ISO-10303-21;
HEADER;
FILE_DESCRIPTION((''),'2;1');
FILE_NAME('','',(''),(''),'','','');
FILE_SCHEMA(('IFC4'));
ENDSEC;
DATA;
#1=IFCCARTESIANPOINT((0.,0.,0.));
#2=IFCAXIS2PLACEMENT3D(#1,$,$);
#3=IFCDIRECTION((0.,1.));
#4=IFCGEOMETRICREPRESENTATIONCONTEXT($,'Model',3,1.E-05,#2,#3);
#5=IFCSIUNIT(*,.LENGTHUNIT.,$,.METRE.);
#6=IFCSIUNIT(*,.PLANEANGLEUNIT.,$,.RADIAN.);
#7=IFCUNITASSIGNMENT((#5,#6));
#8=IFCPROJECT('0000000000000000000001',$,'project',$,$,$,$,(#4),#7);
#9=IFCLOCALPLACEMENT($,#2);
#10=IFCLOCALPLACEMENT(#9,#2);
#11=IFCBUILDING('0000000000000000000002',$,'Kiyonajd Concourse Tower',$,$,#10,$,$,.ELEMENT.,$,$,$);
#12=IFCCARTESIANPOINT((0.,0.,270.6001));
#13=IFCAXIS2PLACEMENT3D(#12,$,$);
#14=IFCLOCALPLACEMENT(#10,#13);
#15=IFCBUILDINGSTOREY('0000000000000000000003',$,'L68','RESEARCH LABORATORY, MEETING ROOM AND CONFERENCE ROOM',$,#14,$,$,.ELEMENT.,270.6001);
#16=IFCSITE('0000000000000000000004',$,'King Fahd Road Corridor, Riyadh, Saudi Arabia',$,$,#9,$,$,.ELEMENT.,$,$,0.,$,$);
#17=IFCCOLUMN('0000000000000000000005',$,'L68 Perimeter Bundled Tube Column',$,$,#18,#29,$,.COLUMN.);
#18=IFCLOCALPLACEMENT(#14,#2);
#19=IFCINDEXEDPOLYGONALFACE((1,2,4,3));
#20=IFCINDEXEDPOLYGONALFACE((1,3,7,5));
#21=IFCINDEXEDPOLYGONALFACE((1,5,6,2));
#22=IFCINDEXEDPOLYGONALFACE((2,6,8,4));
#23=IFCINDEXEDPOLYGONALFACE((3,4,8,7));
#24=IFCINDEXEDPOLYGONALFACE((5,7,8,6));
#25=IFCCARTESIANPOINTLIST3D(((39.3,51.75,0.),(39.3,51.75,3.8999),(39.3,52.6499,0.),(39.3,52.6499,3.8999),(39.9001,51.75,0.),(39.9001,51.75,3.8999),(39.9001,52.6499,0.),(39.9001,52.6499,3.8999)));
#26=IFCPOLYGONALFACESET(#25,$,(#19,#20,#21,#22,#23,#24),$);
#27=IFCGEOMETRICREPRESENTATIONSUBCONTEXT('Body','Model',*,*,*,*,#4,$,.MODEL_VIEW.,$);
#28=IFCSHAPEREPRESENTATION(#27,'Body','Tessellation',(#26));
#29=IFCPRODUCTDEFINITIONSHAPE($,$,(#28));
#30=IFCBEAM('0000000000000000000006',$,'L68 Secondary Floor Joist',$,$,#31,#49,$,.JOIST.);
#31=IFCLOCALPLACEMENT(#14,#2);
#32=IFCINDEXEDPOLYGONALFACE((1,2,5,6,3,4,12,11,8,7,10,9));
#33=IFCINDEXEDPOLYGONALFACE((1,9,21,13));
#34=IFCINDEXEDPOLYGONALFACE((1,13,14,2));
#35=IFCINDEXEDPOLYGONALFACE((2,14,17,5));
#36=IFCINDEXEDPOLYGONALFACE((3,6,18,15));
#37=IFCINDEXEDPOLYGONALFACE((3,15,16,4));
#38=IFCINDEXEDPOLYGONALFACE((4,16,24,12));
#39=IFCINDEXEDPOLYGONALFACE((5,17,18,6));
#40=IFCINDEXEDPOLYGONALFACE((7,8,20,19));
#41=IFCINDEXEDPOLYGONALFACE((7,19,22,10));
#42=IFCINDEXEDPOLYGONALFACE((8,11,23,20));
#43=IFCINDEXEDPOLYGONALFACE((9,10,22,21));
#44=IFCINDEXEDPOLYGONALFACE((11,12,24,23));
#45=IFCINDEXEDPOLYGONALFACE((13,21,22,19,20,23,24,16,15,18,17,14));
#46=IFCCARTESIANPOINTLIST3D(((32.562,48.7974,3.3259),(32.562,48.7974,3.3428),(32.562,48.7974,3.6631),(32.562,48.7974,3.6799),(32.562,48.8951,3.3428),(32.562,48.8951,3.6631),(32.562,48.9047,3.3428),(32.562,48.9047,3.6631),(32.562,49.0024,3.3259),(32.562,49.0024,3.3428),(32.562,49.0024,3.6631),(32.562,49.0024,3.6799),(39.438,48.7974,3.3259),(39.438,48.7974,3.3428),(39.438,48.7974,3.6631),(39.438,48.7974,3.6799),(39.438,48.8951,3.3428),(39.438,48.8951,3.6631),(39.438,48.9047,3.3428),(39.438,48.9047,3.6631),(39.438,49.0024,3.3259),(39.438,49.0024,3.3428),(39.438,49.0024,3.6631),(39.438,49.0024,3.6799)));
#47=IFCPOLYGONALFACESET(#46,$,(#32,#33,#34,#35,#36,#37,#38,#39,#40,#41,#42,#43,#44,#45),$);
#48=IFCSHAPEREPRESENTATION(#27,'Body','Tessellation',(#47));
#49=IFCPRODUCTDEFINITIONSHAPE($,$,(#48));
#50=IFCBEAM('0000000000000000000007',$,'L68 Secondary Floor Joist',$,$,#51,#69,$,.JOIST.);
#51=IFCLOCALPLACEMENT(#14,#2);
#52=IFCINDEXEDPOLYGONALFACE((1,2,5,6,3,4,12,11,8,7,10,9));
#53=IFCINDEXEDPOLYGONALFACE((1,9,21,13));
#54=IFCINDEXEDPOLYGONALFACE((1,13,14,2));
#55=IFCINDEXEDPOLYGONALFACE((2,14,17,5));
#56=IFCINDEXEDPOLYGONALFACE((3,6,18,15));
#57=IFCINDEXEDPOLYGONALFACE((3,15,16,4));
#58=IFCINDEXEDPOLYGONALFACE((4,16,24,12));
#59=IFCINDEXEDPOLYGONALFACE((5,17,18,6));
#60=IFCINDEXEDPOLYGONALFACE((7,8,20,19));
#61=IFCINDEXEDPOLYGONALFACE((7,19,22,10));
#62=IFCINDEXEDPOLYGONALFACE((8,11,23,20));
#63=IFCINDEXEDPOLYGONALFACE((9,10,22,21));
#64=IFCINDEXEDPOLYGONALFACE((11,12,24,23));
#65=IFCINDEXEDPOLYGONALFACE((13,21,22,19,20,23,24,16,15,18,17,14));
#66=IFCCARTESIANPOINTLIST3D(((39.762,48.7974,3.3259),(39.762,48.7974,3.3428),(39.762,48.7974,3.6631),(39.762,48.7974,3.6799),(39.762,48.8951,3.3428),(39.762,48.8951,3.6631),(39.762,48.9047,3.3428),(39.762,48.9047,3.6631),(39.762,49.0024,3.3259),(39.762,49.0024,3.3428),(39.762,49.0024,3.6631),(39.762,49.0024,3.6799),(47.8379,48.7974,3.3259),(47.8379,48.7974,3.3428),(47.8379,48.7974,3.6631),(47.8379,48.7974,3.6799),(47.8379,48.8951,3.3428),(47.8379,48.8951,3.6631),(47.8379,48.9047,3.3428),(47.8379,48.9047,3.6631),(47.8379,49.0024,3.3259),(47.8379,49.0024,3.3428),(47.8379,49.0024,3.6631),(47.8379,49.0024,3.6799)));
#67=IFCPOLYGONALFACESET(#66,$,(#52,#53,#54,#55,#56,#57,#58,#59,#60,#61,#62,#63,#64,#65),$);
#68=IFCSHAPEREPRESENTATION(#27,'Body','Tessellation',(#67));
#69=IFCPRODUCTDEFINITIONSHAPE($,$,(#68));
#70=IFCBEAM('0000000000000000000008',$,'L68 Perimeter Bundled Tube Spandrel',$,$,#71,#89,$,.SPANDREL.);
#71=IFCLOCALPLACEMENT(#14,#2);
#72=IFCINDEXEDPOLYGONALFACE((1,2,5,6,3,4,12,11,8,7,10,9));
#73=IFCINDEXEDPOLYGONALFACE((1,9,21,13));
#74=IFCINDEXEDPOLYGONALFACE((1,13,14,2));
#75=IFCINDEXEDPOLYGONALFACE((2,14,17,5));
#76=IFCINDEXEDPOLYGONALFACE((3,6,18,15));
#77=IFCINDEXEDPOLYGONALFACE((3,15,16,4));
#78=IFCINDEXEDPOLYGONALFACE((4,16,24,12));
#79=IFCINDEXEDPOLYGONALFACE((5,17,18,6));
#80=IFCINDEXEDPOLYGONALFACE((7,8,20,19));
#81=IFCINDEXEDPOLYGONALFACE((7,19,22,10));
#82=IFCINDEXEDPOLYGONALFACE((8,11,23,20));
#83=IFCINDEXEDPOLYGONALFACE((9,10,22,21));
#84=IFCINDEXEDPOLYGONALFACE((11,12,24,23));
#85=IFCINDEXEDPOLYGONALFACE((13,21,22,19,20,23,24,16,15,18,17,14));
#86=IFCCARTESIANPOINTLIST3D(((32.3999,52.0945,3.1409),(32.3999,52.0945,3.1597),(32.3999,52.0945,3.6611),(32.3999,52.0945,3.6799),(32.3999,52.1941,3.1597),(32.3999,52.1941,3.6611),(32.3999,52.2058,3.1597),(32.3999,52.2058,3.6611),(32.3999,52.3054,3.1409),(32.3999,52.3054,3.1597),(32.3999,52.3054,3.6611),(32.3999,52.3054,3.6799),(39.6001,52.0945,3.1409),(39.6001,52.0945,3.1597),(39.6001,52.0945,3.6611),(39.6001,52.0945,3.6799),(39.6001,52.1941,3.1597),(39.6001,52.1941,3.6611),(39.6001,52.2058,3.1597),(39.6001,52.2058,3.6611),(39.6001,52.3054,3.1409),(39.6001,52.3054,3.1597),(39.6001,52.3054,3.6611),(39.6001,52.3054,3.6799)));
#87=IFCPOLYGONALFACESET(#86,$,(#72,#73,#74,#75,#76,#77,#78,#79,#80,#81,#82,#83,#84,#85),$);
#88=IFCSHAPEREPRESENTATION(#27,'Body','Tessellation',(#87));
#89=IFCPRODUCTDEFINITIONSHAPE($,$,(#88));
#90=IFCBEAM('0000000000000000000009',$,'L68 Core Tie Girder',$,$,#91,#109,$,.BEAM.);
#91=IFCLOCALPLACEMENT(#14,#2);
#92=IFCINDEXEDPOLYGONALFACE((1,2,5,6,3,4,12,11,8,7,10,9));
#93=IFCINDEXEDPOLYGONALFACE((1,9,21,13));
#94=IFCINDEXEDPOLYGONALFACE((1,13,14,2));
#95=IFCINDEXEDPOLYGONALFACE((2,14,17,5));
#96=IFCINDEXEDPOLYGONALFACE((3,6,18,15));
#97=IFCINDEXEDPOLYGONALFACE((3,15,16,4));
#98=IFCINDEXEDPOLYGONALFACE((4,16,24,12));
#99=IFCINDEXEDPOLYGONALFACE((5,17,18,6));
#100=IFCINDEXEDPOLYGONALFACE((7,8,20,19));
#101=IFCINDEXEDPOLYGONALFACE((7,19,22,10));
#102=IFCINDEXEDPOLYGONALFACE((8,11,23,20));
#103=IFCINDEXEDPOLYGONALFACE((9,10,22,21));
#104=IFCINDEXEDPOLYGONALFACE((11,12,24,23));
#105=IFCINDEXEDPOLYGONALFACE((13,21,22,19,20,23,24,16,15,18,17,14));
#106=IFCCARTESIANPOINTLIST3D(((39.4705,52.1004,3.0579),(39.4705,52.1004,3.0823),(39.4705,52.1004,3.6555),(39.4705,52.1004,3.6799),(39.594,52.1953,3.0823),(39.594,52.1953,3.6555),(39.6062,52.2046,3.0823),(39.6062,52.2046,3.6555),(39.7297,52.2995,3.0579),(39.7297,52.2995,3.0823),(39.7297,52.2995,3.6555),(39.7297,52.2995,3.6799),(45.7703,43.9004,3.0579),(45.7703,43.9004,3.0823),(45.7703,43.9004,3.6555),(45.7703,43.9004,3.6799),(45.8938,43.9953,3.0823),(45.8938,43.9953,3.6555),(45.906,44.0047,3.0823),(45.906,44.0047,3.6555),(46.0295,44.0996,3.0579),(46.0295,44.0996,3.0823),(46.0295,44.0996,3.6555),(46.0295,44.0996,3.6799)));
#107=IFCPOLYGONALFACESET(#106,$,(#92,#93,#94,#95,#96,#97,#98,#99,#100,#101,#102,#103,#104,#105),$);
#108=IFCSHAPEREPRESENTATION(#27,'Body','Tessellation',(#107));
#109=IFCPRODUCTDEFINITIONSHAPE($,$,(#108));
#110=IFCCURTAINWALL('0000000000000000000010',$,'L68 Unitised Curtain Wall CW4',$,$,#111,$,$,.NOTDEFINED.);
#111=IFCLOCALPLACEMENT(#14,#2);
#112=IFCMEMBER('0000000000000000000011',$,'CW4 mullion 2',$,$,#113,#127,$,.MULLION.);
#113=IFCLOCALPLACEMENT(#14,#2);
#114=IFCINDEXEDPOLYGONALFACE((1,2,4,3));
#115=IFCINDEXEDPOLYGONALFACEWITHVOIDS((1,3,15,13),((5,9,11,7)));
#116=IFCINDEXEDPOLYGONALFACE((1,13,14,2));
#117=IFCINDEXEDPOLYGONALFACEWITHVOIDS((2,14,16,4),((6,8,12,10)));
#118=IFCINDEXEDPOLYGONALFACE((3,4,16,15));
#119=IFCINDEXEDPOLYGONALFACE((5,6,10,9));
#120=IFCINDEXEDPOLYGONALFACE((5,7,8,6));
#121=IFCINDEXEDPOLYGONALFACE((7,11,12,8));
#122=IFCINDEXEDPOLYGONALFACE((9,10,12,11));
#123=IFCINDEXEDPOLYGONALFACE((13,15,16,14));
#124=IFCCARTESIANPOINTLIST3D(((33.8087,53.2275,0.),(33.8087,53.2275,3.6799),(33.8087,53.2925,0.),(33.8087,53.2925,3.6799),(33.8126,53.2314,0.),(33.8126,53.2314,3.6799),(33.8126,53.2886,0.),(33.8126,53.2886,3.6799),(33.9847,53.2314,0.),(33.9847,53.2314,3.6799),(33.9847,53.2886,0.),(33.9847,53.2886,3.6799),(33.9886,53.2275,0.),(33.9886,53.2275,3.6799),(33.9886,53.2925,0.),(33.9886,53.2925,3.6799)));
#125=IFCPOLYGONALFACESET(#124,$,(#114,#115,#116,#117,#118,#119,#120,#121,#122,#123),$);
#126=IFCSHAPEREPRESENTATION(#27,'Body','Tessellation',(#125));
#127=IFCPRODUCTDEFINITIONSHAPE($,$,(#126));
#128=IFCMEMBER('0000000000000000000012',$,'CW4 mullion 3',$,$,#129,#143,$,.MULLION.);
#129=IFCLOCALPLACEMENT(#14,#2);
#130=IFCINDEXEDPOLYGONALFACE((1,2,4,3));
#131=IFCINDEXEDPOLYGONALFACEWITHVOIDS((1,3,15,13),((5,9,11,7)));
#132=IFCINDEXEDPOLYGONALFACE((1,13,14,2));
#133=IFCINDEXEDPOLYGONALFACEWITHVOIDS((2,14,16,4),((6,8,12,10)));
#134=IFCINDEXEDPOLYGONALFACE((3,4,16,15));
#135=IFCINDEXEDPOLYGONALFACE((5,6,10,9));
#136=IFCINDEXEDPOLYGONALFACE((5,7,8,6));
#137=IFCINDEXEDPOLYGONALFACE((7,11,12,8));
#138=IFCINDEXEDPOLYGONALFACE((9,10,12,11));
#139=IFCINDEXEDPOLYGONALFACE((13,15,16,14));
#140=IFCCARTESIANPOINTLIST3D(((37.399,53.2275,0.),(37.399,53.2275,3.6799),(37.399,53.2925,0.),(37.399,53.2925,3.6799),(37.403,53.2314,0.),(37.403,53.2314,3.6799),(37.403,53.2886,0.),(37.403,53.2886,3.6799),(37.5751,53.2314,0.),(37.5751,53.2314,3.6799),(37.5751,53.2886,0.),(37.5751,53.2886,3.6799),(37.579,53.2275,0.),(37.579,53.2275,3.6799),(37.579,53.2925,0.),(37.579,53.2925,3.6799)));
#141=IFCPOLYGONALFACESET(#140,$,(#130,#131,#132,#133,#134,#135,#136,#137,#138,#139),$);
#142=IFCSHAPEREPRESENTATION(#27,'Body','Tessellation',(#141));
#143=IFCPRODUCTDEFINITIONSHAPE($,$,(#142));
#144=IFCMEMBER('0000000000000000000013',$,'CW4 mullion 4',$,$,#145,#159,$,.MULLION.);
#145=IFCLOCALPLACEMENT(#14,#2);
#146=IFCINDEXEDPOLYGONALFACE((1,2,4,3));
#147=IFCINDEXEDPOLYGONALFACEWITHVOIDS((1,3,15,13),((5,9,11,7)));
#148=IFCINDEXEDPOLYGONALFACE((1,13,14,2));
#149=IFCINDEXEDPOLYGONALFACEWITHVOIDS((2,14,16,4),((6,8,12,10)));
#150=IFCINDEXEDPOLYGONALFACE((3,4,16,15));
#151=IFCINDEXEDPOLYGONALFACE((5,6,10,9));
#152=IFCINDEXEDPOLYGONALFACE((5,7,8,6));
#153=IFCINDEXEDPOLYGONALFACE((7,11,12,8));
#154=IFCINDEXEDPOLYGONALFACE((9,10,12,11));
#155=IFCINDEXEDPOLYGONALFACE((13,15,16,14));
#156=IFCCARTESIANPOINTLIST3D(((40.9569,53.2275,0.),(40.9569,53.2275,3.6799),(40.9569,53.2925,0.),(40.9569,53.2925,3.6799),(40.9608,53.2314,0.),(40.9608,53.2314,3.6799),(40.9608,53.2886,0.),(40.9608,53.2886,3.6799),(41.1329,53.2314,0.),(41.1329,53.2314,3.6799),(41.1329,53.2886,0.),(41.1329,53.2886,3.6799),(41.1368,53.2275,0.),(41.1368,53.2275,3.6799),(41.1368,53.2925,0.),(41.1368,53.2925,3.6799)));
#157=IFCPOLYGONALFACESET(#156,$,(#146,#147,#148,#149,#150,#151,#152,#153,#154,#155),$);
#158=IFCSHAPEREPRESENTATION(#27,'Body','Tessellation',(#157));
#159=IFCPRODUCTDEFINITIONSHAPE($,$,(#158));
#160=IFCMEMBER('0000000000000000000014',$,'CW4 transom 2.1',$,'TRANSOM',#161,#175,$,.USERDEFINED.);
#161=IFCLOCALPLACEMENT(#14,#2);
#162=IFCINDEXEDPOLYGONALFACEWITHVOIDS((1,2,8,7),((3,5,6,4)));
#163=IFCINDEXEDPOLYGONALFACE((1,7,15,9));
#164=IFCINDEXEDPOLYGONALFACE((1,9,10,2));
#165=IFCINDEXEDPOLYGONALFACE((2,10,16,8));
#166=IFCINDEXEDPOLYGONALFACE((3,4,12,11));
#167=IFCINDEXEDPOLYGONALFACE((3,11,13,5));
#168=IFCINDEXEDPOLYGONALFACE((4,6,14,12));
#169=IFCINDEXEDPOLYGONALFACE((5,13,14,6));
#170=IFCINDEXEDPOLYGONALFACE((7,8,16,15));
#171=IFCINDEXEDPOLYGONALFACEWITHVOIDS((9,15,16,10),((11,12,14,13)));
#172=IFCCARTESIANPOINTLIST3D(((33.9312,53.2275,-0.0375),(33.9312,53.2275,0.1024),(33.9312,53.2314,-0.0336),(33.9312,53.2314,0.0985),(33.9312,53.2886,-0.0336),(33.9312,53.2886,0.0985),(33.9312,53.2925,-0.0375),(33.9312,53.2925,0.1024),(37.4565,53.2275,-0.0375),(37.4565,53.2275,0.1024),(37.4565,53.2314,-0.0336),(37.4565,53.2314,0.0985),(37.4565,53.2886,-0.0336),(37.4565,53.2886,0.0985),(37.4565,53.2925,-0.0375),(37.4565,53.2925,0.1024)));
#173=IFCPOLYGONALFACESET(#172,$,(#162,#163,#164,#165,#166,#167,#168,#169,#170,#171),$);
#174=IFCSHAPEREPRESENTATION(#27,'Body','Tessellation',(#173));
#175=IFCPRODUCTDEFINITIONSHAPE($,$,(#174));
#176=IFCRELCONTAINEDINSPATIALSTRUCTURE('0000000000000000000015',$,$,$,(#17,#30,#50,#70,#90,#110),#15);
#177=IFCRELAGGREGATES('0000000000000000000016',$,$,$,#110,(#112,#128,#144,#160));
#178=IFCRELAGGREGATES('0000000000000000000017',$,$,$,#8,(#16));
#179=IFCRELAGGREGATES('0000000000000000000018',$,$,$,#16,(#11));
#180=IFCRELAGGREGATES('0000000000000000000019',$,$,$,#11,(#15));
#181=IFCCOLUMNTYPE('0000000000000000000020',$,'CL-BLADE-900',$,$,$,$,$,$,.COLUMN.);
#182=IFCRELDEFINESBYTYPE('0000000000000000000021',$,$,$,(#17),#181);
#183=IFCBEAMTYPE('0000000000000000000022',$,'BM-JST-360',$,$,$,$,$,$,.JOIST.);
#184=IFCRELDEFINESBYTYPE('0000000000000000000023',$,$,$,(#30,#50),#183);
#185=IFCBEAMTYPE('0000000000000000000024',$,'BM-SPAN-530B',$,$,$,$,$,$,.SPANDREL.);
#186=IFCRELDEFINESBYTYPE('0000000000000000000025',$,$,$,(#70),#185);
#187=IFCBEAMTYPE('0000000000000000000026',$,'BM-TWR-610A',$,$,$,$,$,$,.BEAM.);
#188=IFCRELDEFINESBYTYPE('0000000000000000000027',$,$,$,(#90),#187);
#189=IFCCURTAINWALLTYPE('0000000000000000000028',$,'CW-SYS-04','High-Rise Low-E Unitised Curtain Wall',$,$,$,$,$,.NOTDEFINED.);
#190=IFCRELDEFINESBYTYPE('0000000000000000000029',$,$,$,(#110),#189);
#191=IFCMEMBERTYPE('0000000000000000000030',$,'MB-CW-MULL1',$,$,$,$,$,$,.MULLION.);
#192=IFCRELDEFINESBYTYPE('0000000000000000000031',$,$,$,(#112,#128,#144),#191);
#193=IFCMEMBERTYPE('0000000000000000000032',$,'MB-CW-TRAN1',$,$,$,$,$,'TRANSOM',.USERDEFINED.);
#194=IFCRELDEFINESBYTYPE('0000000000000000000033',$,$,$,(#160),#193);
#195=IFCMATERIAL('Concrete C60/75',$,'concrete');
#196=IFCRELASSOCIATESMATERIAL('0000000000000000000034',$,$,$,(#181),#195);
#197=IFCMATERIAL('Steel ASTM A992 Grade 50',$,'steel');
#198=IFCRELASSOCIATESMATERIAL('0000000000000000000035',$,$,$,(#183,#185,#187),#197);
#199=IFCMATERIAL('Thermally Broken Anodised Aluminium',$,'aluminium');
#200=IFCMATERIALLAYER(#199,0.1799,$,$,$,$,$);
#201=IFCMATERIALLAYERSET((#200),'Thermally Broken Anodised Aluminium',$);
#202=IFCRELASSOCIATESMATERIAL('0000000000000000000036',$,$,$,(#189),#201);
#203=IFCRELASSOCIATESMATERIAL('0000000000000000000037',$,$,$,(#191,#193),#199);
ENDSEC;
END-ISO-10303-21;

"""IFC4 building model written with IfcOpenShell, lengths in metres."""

from ifc_helpers import new_model, si_unit, direction, frame, origin, origin_2d, place, context, subcontext, project, spatial, rectangle, hollow_rectangle, i_section, extrude, material, layer, layer_set, material_profile, profile_set, type_object, element, aggregate, save


model = new_model("IFC4")

# Units and contexts
model_context = context("Model", 3, precision=1e-05, world=origin(), true_north=direction((0.0, 1.0)))
body_context = subcontext(model_context, "Body", "Model", "MODEL_VIEW")
ifc_project = project(units=[si_unit("LENGTHUNIT", "METRE"), si_unit("PLANEANGLEUNIT", "RADIAN")], contexts=[model_context])

# Site, building, storey
site_placement = place(None, origin())
site = spatial("IfcSite", under=ifc_project, at=site_placement, Name="King Fahd Road Corridor, Riyadh, Saudi Arabia", CompositionType="ELEMENT", RefElevation=0.0)
building_placement = place(site_placement, origin())
building = spatial("IfcBuilding", under=site, at=building_placement, Name="Kiyonajd Concourse Tower", CompositionType="ELEMENT")
storey_placement = place(building_placement, frame((0.0, 0.0, 270.6001)))
storey = spatial("IfcBuildingStorey", under=building, at=storey_placement, Name="L68", Description="RESEARCH LABORATORY, MEETING ROOM AND CONFERENCE ROOM", CompositionType="ELEMENT", Elevation=270.6001)

# Column
ifc_material_1 = material(Name="Concrete C60/75", Category="concrete")
ifc_material_profile_1 = material_profile(ifc_material_1, rectangle(XDim=0.6001, YDim=0.8999, at=origin_2d()), Name="RC-900x600")
ifc_profile_set_1 = profile_set([ifc_material_profile_1], Name="Concrete C60/75")
column_type = type_object("IfcColumnType", Name="CL-BLADE-900", PredefinedType="COLUMN", material=ifc_profile_set_1)
column_placement = place(storey_placement, frame((39.6001, 52.2, 0.0), z_axis=(0.0, 0.0, 1.0), x_axis=(1.0, 0.0, 0.0)))
element("IfcColumn", 1, at=column_placement, inside=storey, type_object=column_type, Name="L68 Perimeter Bundled Tube Column", PredefinedType="COLUMN", context=body_context, shape_type="SweptSolid", body=[
    extrude(rectangle(XDim=0.6001, YDim=0.8999, at=origin_2d()), origin(), (0.0, 0.0, 1.0), 3.8999),
])

# Beams
ifc_material_2 = material(Name="Steel ASTM A992 Grade 50", Category="steel")
ifc_material_profile_2 = material_profile(ifc_material_2, i_section(OverallWidth=0.2051, OverallDepth=0.354, WebThickness=0.0095, FlangeThickness=0.0168, at=origin_2d()), Name="W360X79")
ifc_profile_set_2 = profile_set([ifc_material_profile_2], Name="Steel ASTM A992 Grade 50")
beam_type_1 = type_object("IfcBeamType", Name="BM-JST-360", PredefinedType="JOIST", material=ifc_profile_set_2)
beam_1_placement = place(storey_placement, frame((32.562, 48.8999, 3.5029), z_axis=(1.0, 0.0, 0.0), x_axis=(0.0, 1.0, 0.0)))
element("IfcBeam", 2, at=beam_1_placement, inside=storey, type_object=beam_type_1, Name="L68 Secondary Floor Joist", PredefinedType="JOIST", context=body_context, shape_type="SweptSolid", body=[
    extrude(i_section(OverallWidth=0.2051, OverallDepth=0.354, WebThickness=0.0095, FlangeThickness=0.0168, at=origin_2d()), origin(), (0.0, 0.0, 1.0), 6.876),
])
beam_2_placement = place(storey_placement, frame((39.762, 48.8999, 3.5029), z_axis=(1.0, 0.0, 0.0), x_axis=(0.0, 1.0, 0.0)))
element("IfcBeam", 3, at=beam_2_placement, inside=storey, type_object=beam_type_1, Name="L68 Secondary Floor Joist", PredefinedType="JOIST", context=body_context, shape_type="SweptSolid", body=[
    extrude(i_section(OverallWidth=0.2051, OverallDepth=0.354, WebThickness=0.0095, FlangeThickness=0.0168, at=origin_2d()), origin(), (0.0, 0.0, 1.0), 8.0759),
])
ifc_material_profile_3 = material_profile(ifc_material_2, i_section(OverallWidth=0.2109, OverallDepth=0.5391, WebThickness=0.0117, FlangeThickness=0.0188, at=origin_2d()), Name="W530X109")
ifc_profile_set_3 = profile_set([ifc_material_profile_3], Name="Steel ASTM A992 Grade 50")
beam_type_2 = type_object("IfcBeamType", Name="BM-SPAN-530B", PredefinedType="SPANDREL", material=ifc_profile_set_3)
beam_3_placement = place(storey_placement, frame((39.6001, 52.2, 3.4104), z_axis=(-1.0, 0.0, 0.0), x_axis=(0.0, -1.0, 0.0)))
element("IfcBeam", 4, at=beam_3_placement, inside=storey, type_object=beam_type_2, Name="L68 Perimeter Bundled Tube Spandrel", PredefinedType="SPANDREL", context=body_context, shape_type="SweptSolid", body=[
    extrude(i_section(OverallWidth=0.2109, OverallDepth=0.5391, WebThickness=0.0117, FlangeThickness=0.0188, at=origin_2d()), origin(), (0.0, 0.0, 1.0), 7.2002),
])
ifc_material_profile_4 = material_profile(ifc_material_2, i_section(OverallWidth=0.3269, OverallDepth=0.6221, WebThickness=0.0154, FlangeThickness=0.0244, at=origin_2d()), Name="W610X195")
ifc_profile_set_4 = profile_set([ifc_material_profile_4], Name="Steel ASTM A992 Grade 50")
beam_type_3 = type_object("IfcBeamType", Name="BM-TWR-610A", PredefinedType="BEAM", material=ifc_profile_set_4)
beam_4_placement = place(storey_placement, frame((39.6001, 52.2, 3.3689), z_axis=(0.609234, -0.792991, 0.0), x_axis=(0.792991, 0.609234, 0.0)))
element("IfcBeam", 5, at=beam_4_placement, inside=storey, type_object=beam_type_3, Name="L68 Core Tie Girder", PredefinedType="BEAM", context=body_context, shape_type="SweptSolid", body=[
    extrude(i_section(OverallWidth=0.3269, OverallDepth=0.6221, WebThickness=0.0154, FlangeThickness=0.0244, at=origin_2d()), origin(), (0.0, 0.0, 1.0), 10.3406),
])

# Curtain wall, members
ifc_material_3 = material(Name="Thermally Broken Anodised Aluminium", Category="aluminium")
ifc_layer_1 = layer(ifc_material_3, 0.1799)
ifc_layer_set_1 = layer_set([ifc_layer_1], Name="Thermally Broken Anodised Aluminium")
curtain_wall_type = type_object("IfcCurtainWallType", Name="CW-SYS-04", Description="High-Rise Low-E Unitised Curtain Wall", PredefinedType="NOTDEFINED", material=ifc_layer_set_1)
curtain_wall_placement = place(storey_placement, origin())
curtain_wall = element("IfcCurtainWall", 6, at=curtain_wall_placement, inside=storey, type_object=curtain_wall_type, Name="L68 Unitised Curtain Wall CW4", PredefinedType="NOTDEFINED")
ifc_material_profile_5 = material_profile(ifc_material_3, hollow_rectangle(XDim=0.0649, YDim=0.1799, WallThickness=0.0039, at=origin_2d()), Name="MULL-65x180")
ifc_profile_set_5 = profile_set([ifc_material_profile_5], Name="Thermally Broken Anodised Aluminium")
member_type_1 = type_object("IfcMemberType", Name="MB-CW-MULL1", PredefinedType="MULLION", material=ifc_profile_set_5)
member_1_placement = place(storey_placement, frame((33.8987, 53.26, 0.0), z_axis=(0.0, 0.0, 1.0), x_axis=(0.0, 1.0, 0.0)))
member_1 = element("IfcMember", 7, at=member_1_placement, type_object=member_type_1, Name="CW4 mullion 2", PredefinedType="MULLION", context=body_context, shape_type="SweptSolid", body=[
    extrude(hollow_rectangle(XDim=0.0649, YDim=0.1799, WallThickness=0.0039, at=origin_2d()), origin(), (0.0, 0.0, 1.0), 3.6799),
])
member_2_placement = place(storey_placement, frame((37.489, 53.26, 0.0), z_axis=(0.0, 0.0, 1.0), x_axis=(0.0, 1.0, 0.0)))
member_2 = element("IfcMember", 8, at=member_2_placement, type_object=member_type_1, Name="CW4 mullion 3", PredefinedType="MULLION", context=body_context, shape_type="SweptSolid", body=[
    extrude(hollow_rectangle(XDim=0.0649, YDim=0.1799, WallThickness=0.0039, at=origin_2d()), origin(), (0.0, 0.0, 1.0), 3.6799),
])
member_3_placement = place(storey_placement, frame((41.0469, 53.26, 0.0), z_axis=(0.0, 0.0, 1.0), x_axis=(0.0, 1.0, 0.0)))
member_3 = element("IfcMember", 9, at=member_3_placement, type_object=member_type_1, Name="CW4 mullion 4", PredefinedType="MULLION", context=body_context, shape_type="SweptSolid", body=[
    extrude(hollow_rectangle(XDim=0.0649, YDim=0.1799, WallThickness=0.0039, at=origin_2d()), origin(), (0.0, 0.0, 1.0), 3.6799),
])
ifc_material_profile_6 = material_profile(ifc_material_3, hollow_rectangle(XDim=0.0649, YDim=0.1399, WallThickness=0.0039, at=origin_2d()), Name="TRAN-65x140")
ifc_profile_set_6 = profile_set([ifc_material_profile_6], Name="Thermally Broken Anodised Aluminium")
member_type_2 = type_object("IfcMemberType", Name="MB-CW-TRAN1", ElementType="TRANSOM", PredefinedType="USERDEFINED", material=ifc_profile_set_6)
member_4_placement = place(storey_placement, frame((33.9312, 53.26, 0.0325), z_axis=(1.0, 0.0, 0.0), x_axis=(0.0, 1.0, 0.0)))
member_4 = element("IfcMember", 10, at=member_4_placement, type_object=member_type_2, Name="CW4 transom 2.1", ObjectType="TRANSOM", PredefinedType="USERDEFINED", context=body_context, shape_type="SweptSolid", body=[
    extrude(hollow_rectangle(XDim=0.0649, YDim=0.1399, WallThickness=0.0039, at=origin_2d()), origin(), (0.0, 0.0, 1.0), 3.5254),
])

aggregate(curtain_wall, [member_1, member_2, member_3, member_4])

save(model, "model.ifc")
